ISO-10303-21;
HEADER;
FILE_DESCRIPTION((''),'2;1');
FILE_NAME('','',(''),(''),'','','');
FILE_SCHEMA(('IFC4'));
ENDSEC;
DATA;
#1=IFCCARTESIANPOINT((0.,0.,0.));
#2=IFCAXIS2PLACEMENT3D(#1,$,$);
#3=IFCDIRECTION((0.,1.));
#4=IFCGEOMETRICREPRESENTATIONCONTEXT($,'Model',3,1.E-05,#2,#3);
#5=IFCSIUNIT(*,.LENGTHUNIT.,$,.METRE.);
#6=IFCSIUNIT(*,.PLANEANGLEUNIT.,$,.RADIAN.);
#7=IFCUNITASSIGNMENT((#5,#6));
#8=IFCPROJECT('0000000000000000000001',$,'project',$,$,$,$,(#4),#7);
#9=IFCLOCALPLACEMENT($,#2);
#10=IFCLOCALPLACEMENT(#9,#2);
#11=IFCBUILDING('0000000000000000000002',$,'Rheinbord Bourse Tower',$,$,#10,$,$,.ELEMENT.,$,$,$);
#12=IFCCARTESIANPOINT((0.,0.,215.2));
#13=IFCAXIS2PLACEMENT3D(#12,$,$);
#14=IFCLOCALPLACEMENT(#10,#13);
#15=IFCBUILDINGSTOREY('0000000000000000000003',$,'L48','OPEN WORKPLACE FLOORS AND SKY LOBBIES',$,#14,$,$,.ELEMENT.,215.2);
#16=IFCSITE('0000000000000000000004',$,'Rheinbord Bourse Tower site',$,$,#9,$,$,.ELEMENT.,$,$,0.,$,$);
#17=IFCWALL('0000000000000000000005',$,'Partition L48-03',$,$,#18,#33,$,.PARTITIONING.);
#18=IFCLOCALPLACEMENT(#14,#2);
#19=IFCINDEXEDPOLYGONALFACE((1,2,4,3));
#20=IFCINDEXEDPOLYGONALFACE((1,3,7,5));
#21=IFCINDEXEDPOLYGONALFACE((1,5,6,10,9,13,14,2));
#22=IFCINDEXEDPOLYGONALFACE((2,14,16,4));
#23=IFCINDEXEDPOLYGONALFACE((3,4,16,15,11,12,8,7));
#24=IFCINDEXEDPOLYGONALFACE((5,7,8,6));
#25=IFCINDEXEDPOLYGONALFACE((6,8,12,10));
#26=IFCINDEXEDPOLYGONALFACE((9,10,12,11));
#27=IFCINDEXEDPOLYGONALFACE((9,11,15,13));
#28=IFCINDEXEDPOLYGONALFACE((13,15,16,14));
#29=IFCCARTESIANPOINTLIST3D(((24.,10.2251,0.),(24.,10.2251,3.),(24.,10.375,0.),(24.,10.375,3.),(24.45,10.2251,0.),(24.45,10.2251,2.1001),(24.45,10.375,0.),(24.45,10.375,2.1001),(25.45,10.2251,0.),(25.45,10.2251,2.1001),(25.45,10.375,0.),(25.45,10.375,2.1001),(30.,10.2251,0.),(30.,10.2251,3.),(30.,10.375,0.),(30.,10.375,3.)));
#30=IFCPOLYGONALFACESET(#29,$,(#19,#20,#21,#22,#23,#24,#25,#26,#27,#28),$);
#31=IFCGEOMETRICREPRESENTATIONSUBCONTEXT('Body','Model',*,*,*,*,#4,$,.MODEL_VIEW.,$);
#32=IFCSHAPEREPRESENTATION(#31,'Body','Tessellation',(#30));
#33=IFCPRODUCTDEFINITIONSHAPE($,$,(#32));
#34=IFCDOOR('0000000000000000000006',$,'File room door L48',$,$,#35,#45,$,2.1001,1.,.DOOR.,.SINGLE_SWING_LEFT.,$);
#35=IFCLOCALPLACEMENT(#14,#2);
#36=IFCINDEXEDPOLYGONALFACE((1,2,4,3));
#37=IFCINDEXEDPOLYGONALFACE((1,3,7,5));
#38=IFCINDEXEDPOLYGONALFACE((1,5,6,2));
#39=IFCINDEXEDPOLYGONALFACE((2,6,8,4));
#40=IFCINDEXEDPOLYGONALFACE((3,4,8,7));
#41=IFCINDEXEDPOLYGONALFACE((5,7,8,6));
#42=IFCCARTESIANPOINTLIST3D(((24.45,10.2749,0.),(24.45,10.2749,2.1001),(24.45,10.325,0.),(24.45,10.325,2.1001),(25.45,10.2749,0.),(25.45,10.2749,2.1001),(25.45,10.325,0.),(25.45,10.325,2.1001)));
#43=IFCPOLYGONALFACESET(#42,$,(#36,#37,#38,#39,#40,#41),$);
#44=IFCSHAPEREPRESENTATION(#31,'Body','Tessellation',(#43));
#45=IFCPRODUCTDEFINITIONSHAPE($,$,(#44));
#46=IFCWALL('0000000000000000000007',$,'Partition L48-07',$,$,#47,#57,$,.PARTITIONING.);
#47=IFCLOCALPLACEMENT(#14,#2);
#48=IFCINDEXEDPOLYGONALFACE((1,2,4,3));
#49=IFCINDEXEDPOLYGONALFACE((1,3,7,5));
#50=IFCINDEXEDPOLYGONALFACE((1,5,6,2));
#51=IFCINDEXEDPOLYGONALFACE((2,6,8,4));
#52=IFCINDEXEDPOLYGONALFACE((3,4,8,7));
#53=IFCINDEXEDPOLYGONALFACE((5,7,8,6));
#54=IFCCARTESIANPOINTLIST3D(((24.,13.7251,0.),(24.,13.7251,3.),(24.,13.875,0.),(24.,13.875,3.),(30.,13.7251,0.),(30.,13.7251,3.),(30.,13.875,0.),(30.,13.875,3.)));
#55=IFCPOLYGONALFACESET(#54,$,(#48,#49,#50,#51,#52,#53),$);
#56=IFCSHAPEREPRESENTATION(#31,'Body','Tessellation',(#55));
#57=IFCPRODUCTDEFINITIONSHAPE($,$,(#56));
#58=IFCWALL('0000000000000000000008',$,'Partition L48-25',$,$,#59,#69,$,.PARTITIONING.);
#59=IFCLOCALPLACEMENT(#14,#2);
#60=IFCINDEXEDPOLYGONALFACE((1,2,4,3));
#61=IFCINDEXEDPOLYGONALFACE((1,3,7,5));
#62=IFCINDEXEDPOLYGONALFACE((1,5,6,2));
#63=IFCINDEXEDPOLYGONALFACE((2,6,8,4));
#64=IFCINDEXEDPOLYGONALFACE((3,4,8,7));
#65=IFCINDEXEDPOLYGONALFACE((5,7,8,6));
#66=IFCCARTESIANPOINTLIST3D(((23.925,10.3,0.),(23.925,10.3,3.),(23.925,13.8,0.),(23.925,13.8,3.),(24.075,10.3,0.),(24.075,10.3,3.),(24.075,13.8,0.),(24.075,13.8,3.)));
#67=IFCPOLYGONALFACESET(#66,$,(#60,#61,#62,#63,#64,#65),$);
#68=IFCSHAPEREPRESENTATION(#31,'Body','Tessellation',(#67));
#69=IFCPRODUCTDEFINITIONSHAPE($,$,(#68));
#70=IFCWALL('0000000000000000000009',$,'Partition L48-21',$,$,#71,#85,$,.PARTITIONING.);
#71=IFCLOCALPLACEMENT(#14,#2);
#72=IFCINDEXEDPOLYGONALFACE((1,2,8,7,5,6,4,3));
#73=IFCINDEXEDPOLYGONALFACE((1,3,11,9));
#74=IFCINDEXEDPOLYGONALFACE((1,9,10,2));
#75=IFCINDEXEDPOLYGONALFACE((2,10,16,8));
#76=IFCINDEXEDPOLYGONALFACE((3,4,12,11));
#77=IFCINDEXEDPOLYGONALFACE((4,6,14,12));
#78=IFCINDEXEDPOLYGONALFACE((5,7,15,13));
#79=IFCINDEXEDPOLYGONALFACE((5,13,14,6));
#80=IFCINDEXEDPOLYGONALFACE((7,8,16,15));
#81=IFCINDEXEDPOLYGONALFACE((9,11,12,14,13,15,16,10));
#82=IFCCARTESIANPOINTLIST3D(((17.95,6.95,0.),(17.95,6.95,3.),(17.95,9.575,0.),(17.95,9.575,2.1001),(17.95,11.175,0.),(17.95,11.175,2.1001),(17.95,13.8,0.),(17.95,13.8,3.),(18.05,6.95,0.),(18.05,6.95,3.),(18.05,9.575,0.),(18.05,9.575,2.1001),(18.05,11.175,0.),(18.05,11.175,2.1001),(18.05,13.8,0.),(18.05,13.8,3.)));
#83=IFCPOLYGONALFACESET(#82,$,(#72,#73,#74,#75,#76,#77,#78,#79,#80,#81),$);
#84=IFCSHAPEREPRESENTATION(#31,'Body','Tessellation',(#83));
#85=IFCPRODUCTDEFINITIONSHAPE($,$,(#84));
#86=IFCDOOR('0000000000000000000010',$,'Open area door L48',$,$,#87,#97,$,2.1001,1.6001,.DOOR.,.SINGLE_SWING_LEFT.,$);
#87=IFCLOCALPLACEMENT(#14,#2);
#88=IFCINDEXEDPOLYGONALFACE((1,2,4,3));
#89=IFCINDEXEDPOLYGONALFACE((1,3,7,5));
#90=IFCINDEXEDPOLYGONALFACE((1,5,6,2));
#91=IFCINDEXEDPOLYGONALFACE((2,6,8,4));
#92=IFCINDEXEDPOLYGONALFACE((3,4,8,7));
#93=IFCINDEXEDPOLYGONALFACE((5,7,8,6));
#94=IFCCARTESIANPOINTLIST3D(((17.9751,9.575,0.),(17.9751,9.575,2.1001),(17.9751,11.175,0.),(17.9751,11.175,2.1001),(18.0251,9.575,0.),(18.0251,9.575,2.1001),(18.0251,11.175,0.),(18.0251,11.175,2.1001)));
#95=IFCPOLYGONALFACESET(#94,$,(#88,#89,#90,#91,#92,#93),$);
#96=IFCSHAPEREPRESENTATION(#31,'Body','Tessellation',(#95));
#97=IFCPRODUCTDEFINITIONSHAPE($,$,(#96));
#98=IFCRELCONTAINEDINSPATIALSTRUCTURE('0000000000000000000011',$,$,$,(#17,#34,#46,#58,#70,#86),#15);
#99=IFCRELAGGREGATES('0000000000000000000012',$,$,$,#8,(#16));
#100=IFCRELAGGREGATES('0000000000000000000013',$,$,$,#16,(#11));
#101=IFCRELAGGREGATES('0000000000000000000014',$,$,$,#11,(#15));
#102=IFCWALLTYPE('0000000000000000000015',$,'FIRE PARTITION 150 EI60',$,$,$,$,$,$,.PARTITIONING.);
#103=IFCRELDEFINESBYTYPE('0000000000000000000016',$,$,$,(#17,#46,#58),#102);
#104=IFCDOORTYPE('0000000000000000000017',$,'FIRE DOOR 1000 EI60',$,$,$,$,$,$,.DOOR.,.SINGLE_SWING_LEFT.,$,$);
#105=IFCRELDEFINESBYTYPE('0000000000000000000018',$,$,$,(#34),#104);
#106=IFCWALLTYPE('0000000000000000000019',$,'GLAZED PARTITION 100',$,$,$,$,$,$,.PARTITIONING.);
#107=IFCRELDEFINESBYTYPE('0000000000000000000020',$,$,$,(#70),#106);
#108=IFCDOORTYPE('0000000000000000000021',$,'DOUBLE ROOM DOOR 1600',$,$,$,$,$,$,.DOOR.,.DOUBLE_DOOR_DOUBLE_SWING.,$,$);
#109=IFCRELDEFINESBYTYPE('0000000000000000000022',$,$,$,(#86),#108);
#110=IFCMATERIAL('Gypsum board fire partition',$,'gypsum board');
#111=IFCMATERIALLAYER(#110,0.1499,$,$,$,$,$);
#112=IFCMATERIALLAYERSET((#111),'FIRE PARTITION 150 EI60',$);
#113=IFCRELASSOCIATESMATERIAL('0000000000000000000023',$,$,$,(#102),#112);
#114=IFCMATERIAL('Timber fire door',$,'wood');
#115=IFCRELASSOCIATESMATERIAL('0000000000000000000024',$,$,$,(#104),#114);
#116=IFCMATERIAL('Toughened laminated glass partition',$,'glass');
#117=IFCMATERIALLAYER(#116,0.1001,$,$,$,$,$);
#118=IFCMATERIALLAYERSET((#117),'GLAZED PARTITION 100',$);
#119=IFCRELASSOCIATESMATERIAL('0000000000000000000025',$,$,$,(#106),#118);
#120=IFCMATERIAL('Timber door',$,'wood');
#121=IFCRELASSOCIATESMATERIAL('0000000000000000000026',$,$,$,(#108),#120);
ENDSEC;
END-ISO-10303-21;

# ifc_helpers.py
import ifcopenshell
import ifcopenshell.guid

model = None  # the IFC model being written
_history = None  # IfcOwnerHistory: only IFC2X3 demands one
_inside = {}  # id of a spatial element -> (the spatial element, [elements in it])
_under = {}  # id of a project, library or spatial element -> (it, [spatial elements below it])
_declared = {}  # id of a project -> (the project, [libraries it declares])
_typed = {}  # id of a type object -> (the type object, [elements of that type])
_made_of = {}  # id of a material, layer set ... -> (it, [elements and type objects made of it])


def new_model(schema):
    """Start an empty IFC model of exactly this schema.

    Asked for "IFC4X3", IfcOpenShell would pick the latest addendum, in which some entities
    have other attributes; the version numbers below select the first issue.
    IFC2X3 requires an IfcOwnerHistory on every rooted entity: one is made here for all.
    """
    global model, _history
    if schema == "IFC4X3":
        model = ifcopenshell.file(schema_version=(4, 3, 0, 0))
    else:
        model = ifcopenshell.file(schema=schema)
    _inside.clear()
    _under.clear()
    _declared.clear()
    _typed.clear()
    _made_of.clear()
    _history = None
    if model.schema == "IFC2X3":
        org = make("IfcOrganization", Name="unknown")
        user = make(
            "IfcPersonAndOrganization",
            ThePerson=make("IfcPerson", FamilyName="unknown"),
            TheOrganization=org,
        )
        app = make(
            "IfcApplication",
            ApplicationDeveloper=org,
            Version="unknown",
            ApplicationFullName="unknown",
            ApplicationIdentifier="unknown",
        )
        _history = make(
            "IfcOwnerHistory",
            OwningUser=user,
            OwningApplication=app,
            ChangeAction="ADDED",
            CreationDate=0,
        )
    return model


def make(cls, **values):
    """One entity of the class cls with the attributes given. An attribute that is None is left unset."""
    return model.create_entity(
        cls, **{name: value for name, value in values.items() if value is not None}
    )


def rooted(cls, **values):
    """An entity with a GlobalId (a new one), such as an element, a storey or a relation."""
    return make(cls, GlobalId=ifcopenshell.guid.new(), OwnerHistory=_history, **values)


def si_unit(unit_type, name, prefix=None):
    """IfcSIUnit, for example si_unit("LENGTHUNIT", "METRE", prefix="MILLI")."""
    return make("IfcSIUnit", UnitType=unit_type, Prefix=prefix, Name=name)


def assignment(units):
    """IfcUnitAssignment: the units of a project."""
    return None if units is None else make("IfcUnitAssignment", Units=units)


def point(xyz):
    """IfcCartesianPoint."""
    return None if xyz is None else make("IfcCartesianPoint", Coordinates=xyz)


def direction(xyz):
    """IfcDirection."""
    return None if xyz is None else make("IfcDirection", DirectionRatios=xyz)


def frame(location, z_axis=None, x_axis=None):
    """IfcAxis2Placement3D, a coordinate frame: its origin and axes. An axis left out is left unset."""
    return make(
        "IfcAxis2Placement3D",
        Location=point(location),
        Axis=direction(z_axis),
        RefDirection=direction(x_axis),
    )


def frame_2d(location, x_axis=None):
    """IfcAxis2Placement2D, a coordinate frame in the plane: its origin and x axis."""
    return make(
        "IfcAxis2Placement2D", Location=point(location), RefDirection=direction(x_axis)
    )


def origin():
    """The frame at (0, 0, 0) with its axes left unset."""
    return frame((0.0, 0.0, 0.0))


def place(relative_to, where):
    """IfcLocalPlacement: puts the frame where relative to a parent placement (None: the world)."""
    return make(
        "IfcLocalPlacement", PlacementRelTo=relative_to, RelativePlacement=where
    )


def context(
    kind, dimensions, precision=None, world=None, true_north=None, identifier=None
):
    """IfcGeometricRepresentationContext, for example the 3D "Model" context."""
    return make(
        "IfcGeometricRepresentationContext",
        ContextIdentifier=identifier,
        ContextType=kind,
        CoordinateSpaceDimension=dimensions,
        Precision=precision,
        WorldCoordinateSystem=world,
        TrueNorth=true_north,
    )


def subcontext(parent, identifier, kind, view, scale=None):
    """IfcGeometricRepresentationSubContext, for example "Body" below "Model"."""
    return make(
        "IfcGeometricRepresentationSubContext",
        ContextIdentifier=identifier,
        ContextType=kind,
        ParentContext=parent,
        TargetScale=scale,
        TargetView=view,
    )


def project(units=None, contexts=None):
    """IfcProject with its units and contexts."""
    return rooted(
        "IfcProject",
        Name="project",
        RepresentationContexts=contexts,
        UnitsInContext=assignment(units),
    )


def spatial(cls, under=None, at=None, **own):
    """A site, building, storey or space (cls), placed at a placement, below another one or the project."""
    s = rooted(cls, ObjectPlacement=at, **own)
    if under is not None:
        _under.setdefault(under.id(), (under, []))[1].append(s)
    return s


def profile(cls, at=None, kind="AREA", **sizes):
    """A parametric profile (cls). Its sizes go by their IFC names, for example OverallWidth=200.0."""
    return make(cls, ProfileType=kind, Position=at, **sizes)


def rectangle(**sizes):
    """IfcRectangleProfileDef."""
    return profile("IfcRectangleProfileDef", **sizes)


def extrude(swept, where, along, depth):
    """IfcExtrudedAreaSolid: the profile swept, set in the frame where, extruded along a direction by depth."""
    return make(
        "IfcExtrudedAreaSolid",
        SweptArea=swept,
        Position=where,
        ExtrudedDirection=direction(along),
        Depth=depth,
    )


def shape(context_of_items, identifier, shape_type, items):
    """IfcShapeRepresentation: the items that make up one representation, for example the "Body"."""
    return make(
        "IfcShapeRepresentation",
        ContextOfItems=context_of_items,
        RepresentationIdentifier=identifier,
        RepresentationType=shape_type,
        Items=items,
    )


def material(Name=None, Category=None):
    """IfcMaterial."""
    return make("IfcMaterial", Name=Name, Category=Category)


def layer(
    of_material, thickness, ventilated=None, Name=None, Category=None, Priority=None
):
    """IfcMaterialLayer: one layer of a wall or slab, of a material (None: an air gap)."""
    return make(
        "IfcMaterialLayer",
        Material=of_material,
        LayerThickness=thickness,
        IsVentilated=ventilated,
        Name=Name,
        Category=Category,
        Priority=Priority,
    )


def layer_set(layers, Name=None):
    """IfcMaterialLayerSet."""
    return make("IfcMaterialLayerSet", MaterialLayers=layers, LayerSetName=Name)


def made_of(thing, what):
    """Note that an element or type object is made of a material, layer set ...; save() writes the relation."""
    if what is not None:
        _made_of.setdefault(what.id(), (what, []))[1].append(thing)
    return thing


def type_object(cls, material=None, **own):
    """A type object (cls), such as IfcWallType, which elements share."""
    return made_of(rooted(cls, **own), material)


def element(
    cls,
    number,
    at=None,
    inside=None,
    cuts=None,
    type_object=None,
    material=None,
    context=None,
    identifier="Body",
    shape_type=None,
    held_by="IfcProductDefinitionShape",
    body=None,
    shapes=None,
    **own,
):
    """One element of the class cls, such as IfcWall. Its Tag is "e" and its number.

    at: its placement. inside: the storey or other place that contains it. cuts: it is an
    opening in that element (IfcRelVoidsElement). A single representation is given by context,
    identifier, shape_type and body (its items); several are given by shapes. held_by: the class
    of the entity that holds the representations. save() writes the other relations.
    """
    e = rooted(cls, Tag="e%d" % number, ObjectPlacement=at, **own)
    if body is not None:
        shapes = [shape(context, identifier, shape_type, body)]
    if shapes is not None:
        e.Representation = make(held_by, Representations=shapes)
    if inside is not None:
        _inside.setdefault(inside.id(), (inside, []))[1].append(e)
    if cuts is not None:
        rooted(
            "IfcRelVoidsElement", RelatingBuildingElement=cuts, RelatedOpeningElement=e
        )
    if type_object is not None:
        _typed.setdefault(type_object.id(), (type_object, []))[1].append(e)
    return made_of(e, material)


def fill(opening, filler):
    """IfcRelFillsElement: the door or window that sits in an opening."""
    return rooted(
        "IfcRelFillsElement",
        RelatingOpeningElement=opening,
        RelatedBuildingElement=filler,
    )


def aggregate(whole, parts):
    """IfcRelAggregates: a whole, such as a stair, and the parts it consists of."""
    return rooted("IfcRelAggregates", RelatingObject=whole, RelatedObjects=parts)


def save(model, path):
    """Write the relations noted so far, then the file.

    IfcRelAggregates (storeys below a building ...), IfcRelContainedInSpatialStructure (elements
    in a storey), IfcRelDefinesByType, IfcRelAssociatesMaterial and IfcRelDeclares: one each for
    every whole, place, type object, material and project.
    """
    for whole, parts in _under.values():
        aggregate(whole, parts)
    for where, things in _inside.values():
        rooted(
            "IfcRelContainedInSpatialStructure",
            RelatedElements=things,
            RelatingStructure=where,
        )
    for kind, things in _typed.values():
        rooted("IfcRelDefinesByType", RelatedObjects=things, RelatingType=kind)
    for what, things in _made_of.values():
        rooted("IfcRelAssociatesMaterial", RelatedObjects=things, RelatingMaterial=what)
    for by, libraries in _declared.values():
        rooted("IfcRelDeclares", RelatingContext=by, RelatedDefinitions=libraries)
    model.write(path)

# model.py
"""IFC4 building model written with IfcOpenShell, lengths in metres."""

from ifc_helpers import new_model, si_unit, direction, frame, frame_2d, origin, place, context, subcontext, project, spatial, rectangle, extrude, material, layer, layer_set, type_object, element, fill, save


model = new_model("IFC4")

# Units and contexts
model_context = context("Model", 3, precision=1e-05, world=origin(), true_north=direction((0.0, 1.0)))
body_context = subcontext(model_context, "Body", "Model", "MODEL_VIEW")
ifc_project = project(units=[si_unit("LENGTHUNIT", "METRE"), si_unit("PLANEANGLEUNIT", "RADIAN")], contexts=[model_context])

# Site, building, storey
site_placement = place(None, origin())
site = spatial("IfcSite", under=ifc_project, at=site_placement, Name="Rheinbord Bourse Tower site", CompositionType="ELEMENT", RefElevation=0.0)
building_placement = place(site_placement, origin())
building = spatial("IfcBuilding", under=site, at=building_placement, Name="Rheinbord Bourse Tower", CompositionType="ELEMENT")
storey_placement = place(building_placement, frame((0.0, 0.0, 215.2)))
storey = spatial("IfcBuildingStorey", under=building, at=storey_placement, Name="L48", Description="OPEN WORKPLACE FLOORS AND SKY LOBBIES", CompositionType="ELEMENT", Elevation=215.2)

# Wall, opening, door
ifc_material_1 = material(Name="Gypsum board fire partition", Category="gypsum board")
ifc_layer_1 = layer(ifc_material_1, 0.1499)
ifc_layer_set_1 = layer_set([ifc_layer_1], Name="FIRE PARTITION 150 EI60")
wall_type_1 = type_object("IfcWallType", Name="FIRE PARTITION 150 EI60", PredefinedType="PARTITIONING", material=ifc_layer_set_1)
wall_1_placement = place(storey_placement, frame((24.0, 10.3, 0.0), z_axis=(0.0, 0.0, 1.0), x_axis=(1.0, 0.0, 0.0)))
wall_1 = element("IfcWall", 1, at=wall_1_placement, inside=storey, type_object=wall_type_1, Name="Partition L48-03", PredefinedType="PARTITIONING", context=body_context, shape_type="SweptSolid", body=[
    extrude(rectangle(XDim=6.0, YDim=0.1499, at=frame_2d((3.0, 0.0))), origin(), (0.0, 0.0, 1.0), 3.0),
])
opening_1_placement = place(wall_1_placement, frame((0.45, 0.0, 0.0)))
opening_1 = element("IfcOpeningElement", 2, at=opening_1_placement, cuts=wall_1, PredefinedType="OPENING", context=body_context, shape_type="SweptSolid", body=[
    extrude(rectangle(XDim=1.0, YDim=2.1001, at=frame_2d((0.5, 1.05))), frame((0.0, 0.085, 0.0), z_axis=(0.0, -1.0, 0.0), x_axis=(1.0, 0.0, 0.0)), (0.0, 0.0, 1.0), 0.1699),
])
ifc_material_2 = material(Name="Timber fire door", Category="wood")
door_type_1 = type_object("IfcDoorType", Name="FIRE DOOR 1000 EI60", OperationType="SINGLE_SWING_LEFT", PredefinedType="DOOR", material=ifc_material_2)
door_1_placement = place(opening_1_placement, origin())
door_1 = element("IfcDoor", 3, at=door_1_placement, inside=storey, type_object=door_type_1, Name="File room door L48", OperationType="SINGLE_SWING_LEFT", OverallHeight=2.1001, OverallWidth=1.0, PredefinedType="DOOR", context=body_context, shape_type="SweptSolid", body=[
    extrude(rectangle(XDim=1.0, YDim=2.1001, at=frame_2d((0.5, 1.05))), frame((0.0, 0.0249, 0.0), z_axis=(0.0, -1.0, 0.0), x_axis=(1.0, 0.0, 0.0)), (0.0, 0.0, 1.0), 0.05),
])
fill(opening_1, door_1)

# Walls
wall_2_placement = place(storey_placement, frame((24.0, 13.8, 0.0), z_axis=(0.0, 0.0, 1.0), x_axis=(1.0, 0.0, 0.0)))
element("IfcWall", 4, at=wall_2_placement, inside=storey, type_object=wall_type_1, Name="Partition L48-07", PredefinedType="PARTITIONING", context=body_context, shape_type="SweptSolid", body=[
    extrude(rectangle(XDim=6.0, YDim=0.1499, at=frame_2d((3.0, 0.0))), origin(), (0.0, 0.0, 1.0), 3.0),
])
wall_3_placement = place(storey_placement, frame((24.0, 10.3, 0.0), z_axis=(0.0, 0.0, 1.0), x_axis=(0.0, 1.0, 0.0)))
element("IfcWall", 5, at=wall_3_placement, inside=storey, type_object=wall_type_1, Name="Partition L48-25", PredefinedType="PARTITIONING", context=body_context, shape_type="SweptSolid", body=[
    extrude(rectangle(XDim=3.5, YDim=0.1499, at=frame_2d((1.75, 0.0))), origin(), (0.0, 0.0, 1.0), 3.0),
])

# Wall, opening, door
ifc_material_3 = material(Name="Toughened laminated glass partition", Category="glass")
ifc_layer_2 = layer(ifc_material_3, 0.1001)
ifc_layer_set_2 = layer_set([ifc_layer_2], Name="GLAZED PARTITION 100")
wall_type_2 = type_object("IfcWallType", Name="GLAZED PARTITION 100", PredefinedType="PARTITIONING", material=ifc_layer_set_2)
wall_4_placement = place(storey_placement, frame((18.0, 6.95, 0.0), z_axis=(0.0, 0.0, 1.0), x_axis=(0.0, 1.0, 0.0)))
wall_4 = element("IfcWall", 6, at=wall_4_placement, inside=storey, type_object=wall_type_2, Name="Partition L48-21", PredefinedType="PARTITIONING", context=body_context, shape_type="SweptSolid", body=[
    extrude(rectangle(XDim=6.8501, YDim=0.1001, at=frame_2d((3.425, 0.0))), origin(), (0.0, 0.0, 1.0), 3.0),
])
opening_2_placement = place(wall_4_placement, frame((2.625, 0.0, 0.0)))
opening_2 = element("IfcOpeningElement", 7, at=opening_2_placement, cuts=wall_4, PredefinedType="OPENING", context=body_context, shape_type="SweptSolid", body=[
    extrude(rectangle(XDim=1.6001, YDim=2.1001, at=frame_2d((0.8, 1.05))), frame((0.0, 0.0601, 0.0), z_axis=(0.0, -1.0, 0.0), x_axis=(1.0, 0.0, 0.0)), (0.0, 0.0, 1.0), 0.1201),
])
ifc_material_4 = material(Name="Timber door", Category="wood")
door_type_2 = type_object("IfcDoorType", Name="DOUBLE ROOM DOOR 1600", OperationType="DOUBLE_DOOR_DOUBLE_SWING", PredefinedType="DOOR", material=ifc_material_4)
door_2_placement = place(opening_2_placement, origin())
door_2 = element("IfcDoor", 8, at=door_2_placement, inside=storey, type_object=door_type_2, Name="Open area door L48", OperationType="SINGLE_SWING_LEFT", OverallHeight=2.1001, OverallWidth=1.6001, PredefinedType="DOOR", context=body_context, shape_type="SweptSolid", body=[
    extrude(rectangle(XDim=1.6001, YDim=2.1001, at=frame_2d((0.8, 1.05))), frame((0.0, 0.0249, 0.0), z_axis=(0.0, -1.0, 0.0), x_axis=(1.0, 0.0, 0.0)), (0.0, 0.0, 1.0), 0.05),
])
fill(opening_2, door_2)

save(model, "model.ifc")
